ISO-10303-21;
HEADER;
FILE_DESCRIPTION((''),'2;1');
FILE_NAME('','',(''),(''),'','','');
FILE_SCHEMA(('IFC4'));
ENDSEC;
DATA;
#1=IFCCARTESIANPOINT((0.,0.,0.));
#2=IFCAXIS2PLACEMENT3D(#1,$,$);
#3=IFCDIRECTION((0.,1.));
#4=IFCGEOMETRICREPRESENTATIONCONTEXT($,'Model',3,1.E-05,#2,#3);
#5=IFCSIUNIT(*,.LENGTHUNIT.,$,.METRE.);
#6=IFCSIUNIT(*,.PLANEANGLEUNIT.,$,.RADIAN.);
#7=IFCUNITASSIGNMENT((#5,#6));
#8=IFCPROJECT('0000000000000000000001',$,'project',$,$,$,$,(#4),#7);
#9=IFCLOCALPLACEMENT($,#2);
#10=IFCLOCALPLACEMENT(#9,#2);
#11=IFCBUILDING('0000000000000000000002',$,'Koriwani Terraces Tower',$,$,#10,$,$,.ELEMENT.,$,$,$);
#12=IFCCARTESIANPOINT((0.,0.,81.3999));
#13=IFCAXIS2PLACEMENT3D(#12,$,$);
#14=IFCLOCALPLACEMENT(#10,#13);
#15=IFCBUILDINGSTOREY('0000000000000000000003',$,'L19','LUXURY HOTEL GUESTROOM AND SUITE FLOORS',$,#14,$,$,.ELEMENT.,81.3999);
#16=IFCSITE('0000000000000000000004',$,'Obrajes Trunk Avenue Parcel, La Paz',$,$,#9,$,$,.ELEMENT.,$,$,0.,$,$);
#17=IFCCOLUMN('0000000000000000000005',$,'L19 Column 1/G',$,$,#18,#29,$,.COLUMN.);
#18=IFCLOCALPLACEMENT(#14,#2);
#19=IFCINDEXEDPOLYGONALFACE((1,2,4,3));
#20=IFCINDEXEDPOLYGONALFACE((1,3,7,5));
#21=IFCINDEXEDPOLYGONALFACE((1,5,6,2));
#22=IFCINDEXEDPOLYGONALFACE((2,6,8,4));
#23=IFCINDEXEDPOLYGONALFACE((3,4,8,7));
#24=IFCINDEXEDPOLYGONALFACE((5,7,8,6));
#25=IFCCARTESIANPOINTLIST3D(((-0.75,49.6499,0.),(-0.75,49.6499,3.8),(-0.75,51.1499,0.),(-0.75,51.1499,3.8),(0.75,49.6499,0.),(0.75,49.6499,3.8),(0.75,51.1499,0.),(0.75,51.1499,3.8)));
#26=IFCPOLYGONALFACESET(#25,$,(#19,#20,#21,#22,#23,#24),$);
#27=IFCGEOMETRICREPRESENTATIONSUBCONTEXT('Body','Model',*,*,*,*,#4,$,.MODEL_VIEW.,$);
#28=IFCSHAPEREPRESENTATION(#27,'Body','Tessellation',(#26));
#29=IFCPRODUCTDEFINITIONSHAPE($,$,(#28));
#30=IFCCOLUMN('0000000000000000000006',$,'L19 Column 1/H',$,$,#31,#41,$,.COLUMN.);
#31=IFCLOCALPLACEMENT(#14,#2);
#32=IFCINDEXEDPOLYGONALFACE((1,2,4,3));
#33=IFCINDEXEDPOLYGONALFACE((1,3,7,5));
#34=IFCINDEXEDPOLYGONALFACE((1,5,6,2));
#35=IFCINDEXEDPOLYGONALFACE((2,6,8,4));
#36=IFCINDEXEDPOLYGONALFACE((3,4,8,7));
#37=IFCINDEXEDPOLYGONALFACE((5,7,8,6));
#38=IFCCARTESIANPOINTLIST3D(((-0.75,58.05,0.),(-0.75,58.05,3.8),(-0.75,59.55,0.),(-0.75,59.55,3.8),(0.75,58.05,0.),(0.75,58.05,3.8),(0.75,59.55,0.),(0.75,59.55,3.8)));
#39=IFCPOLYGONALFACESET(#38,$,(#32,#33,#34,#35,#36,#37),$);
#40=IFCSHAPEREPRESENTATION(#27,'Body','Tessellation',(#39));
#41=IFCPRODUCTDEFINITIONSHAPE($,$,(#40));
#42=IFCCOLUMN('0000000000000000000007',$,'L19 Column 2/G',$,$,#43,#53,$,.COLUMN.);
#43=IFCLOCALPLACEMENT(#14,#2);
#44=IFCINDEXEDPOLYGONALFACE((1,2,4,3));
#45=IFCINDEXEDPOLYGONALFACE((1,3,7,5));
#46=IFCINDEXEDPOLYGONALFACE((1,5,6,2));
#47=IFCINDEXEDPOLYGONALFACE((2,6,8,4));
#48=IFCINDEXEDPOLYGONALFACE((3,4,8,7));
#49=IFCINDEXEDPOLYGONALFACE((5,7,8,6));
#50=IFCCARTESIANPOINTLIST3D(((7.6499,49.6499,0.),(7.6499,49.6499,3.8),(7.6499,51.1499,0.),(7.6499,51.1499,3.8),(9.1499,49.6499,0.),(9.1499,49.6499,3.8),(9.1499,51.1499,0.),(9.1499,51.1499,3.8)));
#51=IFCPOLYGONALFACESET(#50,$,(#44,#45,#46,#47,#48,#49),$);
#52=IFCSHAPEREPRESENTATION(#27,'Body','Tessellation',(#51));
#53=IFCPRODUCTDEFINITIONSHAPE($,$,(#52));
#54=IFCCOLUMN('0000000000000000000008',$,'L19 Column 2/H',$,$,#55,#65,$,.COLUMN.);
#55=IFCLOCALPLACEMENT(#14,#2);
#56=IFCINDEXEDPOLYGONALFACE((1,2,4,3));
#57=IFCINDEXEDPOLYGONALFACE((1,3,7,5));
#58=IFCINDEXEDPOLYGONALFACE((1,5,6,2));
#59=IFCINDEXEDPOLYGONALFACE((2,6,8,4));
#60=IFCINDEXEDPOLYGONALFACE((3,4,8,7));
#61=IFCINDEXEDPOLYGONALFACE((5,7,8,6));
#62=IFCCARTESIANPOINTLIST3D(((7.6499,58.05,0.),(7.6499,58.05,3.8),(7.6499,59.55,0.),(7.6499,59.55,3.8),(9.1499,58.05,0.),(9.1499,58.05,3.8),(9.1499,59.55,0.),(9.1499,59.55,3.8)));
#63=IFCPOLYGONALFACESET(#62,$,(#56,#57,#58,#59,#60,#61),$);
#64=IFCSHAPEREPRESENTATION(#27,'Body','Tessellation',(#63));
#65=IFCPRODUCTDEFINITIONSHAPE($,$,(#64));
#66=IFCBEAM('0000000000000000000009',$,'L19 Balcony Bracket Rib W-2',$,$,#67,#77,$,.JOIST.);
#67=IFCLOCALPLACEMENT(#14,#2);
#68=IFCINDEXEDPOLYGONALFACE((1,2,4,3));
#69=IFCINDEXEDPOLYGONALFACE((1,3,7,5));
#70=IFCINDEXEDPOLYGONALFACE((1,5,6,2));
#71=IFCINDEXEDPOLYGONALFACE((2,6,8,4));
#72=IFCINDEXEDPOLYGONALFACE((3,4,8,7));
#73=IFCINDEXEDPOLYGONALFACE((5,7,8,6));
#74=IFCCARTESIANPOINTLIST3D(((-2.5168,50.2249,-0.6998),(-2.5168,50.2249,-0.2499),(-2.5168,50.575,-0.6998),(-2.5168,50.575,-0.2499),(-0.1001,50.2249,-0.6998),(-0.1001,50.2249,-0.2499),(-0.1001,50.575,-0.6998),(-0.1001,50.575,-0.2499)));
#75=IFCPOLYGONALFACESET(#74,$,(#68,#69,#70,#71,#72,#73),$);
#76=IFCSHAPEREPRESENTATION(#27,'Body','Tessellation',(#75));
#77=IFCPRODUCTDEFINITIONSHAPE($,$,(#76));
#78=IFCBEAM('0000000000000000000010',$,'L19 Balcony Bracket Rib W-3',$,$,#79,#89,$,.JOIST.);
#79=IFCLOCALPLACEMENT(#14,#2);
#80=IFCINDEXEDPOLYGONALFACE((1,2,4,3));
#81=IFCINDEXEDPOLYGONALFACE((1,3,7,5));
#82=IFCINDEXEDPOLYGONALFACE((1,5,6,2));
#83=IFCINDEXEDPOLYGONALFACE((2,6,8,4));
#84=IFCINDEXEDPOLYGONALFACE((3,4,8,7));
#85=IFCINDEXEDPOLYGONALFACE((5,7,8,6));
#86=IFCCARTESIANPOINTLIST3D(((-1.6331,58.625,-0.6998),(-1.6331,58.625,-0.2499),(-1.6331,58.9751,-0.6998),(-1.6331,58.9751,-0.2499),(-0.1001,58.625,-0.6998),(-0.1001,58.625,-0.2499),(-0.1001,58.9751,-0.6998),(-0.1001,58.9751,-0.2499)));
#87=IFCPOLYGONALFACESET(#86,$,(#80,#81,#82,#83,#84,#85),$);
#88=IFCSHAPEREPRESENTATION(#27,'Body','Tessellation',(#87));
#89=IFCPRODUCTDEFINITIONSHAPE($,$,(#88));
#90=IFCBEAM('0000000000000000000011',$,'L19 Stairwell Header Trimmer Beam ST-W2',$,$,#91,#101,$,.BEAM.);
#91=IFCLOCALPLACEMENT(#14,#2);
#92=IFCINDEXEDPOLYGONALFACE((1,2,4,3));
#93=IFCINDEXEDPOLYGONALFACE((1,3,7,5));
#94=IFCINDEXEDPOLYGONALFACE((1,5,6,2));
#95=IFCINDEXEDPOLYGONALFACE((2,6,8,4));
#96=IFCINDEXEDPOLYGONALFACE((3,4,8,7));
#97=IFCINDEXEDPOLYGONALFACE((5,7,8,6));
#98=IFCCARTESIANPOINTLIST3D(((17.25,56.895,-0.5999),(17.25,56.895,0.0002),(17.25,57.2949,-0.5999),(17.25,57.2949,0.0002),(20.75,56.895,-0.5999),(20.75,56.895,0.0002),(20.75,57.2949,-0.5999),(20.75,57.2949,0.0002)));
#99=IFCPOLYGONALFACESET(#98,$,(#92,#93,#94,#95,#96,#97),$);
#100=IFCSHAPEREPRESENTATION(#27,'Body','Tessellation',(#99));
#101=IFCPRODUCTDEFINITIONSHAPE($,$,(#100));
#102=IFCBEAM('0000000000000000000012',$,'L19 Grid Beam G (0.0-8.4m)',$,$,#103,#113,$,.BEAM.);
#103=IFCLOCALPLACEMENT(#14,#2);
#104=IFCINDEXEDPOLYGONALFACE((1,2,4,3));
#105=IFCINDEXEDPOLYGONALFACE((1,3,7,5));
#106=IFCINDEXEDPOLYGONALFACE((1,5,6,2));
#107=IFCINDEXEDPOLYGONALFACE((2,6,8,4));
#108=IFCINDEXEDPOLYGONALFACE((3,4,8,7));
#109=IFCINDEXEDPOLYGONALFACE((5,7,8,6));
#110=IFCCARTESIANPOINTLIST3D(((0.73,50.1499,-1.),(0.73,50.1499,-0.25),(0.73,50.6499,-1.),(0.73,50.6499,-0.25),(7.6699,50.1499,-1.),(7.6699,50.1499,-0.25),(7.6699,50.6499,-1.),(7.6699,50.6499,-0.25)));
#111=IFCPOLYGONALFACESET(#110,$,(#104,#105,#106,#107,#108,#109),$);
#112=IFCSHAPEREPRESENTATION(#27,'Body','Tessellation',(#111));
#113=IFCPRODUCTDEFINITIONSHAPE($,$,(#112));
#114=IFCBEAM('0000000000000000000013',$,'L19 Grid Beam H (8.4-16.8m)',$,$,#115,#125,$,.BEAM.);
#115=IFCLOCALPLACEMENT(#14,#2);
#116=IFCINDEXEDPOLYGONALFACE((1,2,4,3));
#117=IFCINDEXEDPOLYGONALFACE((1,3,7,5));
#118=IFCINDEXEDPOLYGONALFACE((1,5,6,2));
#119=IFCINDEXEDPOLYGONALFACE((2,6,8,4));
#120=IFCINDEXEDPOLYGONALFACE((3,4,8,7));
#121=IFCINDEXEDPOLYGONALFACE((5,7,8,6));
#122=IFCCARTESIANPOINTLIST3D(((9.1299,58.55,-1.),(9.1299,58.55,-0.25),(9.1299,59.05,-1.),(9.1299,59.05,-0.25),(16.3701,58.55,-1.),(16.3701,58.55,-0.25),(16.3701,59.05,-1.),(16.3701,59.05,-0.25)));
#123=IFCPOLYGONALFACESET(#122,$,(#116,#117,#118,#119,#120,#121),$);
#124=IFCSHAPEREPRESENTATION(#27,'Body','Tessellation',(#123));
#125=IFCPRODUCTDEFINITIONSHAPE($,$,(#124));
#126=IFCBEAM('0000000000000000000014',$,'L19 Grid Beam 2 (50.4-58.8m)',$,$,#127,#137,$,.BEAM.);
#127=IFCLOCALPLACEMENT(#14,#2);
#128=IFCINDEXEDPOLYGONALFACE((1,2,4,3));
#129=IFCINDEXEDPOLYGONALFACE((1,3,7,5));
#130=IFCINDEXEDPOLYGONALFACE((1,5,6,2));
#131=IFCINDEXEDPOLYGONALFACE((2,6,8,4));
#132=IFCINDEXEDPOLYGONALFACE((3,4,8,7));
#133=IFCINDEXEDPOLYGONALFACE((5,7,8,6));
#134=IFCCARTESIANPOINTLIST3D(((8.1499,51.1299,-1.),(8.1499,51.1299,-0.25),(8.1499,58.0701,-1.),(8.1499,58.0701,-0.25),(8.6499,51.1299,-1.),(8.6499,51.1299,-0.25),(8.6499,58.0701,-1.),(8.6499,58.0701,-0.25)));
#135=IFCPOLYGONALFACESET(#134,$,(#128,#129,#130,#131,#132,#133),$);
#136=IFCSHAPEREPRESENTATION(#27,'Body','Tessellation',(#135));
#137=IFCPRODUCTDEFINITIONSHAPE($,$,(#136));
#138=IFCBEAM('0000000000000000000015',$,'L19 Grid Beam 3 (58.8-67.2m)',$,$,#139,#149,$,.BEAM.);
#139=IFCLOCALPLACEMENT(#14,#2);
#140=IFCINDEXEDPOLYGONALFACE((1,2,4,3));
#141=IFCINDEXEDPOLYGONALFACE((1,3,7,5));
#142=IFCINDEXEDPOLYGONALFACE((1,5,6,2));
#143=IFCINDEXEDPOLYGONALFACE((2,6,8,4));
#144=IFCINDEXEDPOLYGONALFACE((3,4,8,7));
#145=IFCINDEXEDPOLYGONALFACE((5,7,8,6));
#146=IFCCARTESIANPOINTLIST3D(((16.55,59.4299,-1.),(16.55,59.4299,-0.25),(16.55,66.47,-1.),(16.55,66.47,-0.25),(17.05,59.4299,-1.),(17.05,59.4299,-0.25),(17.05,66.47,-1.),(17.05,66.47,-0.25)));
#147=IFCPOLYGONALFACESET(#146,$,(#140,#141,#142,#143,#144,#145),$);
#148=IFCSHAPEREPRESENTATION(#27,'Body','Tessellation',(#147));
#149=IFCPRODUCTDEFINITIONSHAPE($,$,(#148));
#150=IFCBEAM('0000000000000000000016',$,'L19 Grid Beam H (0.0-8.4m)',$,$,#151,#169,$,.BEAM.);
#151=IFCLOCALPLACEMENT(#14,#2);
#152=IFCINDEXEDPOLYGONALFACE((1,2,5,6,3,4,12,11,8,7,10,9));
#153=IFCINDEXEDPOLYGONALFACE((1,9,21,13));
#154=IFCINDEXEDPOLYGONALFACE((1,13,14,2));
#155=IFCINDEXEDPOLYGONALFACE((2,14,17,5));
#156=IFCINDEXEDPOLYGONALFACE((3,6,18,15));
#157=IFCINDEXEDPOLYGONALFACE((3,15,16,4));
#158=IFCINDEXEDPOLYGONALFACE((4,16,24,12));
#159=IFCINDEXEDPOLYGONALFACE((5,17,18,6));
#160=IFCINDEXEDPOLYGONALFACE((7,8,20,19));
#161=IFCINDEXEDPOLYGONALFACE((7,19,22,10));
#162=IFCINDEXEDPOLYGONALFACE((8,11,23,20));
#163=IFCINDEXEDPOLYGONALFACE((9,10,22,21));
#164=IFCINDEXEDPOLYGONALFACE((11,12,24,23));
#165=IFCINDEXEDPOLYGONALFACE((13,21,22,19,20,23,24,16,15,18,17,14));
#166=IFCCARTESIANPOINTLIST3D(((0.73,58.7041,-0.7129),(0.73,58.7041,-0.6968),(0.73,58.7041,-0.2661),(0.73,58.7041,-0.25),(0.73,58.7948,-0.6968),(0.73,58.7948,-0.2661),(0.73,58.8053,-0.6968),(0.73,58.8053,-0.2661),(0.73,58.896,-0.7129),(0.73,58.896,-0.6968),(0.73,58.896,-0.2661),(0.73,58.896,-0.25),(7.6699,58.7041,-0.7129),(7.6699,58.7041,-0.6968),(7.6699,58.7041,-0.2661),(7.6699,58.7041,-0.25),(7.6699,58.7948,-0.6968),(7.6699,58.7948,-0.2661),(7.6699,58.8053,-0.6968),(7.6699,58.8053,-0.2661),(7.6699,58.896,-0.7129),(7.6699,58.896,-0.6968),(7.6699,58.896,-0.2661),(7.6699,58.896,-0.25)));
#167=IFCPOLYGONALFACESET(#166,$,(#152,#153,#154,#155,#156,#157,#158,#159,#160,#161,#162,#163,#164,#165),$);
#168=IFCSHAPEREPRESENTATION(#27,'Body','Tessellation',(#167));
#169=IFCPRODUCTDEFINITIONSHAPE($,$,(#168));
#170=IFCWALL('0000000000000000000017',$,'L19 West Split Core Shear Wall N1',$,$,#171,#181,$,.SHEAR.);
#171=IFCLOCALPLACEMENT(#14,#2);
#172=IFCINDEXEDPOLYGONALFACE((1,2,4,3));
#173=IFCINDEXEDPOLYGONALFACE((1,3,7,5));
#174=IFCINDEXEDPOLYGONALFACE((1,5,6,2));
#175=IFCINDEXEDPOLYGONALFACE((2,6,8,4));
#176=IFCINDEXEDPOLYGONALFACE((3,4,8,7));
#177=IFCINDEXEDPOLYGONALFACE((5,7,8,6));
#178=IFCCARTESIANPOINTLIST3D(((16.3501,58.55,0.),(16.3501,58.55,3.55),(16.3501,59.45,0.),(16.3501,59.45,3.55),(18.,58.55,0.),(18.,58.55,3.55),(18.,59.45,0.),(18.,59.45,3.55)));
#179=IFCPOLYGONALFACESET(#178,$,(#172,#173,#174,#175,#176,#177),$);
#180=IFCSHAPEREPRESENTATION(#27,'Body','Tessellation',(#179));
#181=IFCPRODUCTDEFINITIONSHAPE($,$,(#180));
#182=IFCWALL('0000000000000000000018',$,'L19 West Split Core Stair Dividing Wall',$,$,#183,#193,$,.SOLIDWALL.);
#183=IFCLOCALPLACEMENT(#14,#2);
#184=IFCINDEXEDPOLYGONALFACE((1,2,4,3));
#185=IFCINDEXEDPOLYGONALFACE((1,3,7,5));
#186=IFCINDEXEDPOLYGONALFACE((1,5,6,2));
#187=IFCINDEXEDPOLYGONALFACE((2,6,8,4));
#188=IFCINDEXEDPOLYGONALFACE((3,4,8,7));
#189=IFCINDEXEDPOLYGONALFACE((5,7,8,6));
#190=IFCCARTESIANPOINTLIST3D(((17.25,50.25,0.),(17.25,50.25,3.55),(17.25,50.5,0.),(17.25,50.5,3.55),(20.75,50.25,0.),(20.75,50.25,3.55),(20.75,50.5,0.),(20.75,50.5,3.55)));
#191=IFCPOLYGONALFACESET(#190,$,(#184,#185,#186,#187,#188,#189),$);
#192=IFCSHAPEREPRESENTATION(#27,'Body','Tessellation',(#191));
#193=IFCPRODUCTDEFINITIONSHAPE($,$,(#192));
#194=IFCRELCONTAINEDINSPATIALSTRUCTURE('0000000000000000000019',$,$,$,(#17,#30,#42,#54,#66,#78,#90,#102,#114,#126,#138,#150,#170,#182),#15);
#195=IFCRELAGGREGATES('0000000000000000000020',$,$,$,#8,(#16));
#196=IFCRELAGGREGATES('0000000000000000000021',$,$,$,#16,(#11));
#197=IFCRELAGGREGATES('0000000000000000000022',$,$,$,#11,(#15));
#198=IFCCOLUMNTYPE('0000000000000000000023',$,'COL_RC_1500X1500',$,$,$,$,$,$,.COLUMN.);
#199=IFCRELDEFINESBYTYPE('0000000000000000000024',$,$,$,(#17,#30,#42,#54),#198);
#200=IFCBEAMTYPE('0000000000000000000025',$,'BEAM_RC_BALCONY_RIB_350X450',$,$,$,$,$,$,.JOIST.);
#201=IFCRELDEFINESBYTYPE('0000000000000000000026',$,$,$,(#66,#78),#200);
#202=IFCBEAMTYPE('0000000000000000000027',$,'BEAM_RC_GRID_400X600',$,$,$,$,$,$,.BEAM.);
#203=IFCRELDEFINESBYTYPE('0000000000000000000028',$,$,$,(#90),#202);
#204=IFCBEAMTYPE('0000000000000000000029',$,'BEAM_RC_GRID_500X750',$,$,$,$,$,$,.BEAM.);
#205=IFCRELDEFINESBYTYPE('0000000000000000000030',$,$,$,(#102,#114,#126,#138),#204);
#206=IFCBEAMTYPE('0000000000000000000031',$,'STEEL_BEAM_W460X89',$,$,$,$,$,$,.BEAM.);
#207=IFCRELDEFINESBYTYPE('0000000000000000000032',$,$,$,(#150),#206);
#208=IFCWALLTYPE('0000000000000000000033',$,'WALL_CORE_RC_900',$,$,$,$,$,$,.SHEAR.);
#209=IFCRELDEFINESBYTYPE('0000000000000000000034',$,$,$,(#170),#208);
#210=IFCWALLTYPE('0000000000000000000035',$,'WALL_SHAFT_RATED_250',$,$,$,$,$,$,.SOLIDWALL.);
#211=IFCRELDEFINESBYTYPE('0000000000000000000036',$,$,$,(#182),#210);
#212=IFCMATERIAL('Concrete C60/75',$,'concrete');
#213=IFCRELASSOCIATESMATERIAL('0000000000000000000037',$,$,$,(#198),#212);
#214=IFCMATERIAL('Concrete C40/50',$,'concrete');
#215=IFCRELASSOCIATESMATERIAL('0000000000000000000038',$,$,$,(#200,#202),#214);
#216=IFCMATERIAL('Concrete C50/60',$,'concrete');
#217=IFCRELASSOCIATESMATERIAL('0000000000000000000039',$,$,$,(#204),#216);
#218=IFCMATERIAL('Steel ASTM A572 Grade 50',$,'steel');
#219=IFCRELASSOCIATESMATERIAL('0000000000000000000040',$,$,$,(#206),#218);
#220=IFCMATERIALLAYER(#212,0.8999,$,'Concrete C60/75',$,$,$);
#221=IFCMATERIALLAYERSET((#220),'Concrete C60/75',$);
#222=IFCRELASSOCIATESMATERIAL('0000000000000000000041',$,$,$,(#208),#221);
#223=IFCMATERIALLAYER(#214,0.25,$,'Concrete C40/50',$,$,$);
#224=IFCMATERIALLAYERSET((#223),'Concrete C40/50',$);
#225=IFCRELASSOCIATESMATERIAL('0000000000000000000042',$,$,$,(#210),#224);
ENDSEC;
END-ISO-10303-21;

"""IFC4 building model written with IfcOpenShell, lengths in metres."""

from ifc_helpers import new_model, si_unit, direction, frame, frame_2d, origin, origin_2d, place, context, subcontext, project, spatial, rectangle, i_section, extrude, material, layer, layer_set, material_profile, profile_set, type_object, element, save


model = new_model("IFC4")

# Units and contexts
model_context = context("Model", 3, precision=1e-05, world=origin(), true_north=direction((0.0, 1.0)))
body_context = subcontext(model_context, "Body", "Model", "MODEL_VIEW")
ifc_project = project(units=[si_unit("LENGTHUNIT", "METRE"), si_unit("PLANEANGLEUNIT", "RADIAN")], contexts=[model_context])

# Site, building, storey
site_placement = place(None, origin())
site = spatial("IfcSite", under=ifc_project, at=site_placement, Name="Obrajes Trunk Avenue Parcel, La Paz", CompositionType="ELEMENT", RefElevation=0.0)
building_placement = place(site_placement, origin())
building = spatial("IfcBuilding", under=site, at=building_placement, Name="Koriwani Terraces Tower", CompositionType="ELEMENT")
storey_placement = place(building_placement, frame((0.0, 0.0, 81.3999)))
storey = spatial("IfcBuildingStorey", under=building, at=storey_placement, Name="L19", Description="LUXURY HOTEL GUESTROOM AND SUITE FLOORS", CompositionType="ELEMENT", Elevation=81.3999)

# Columns
ifc_material_1 = material(Name="Concrete C60/75", Category="concrete")
ifc_material_profile_1 = material_profile(ifc_material_1, rectangle(XDim=1.5, YDim=1.5, at=origin_2d()), Name="Concrete C60/75", Category="LoadBearing")
ifc_profile_set_1 = profile_set([ifc_material_profile_1], Name="Concrete C60/75")
column_type = type_object("IfcColumnType", Name="COL_RC_1500X1500", PredefinedType="COLUMN", material=ifc_profile_set_1)
for number, where, z_axis, x_axis, name in (
    (1, (0.0, 50.3999, 0.0), (0.0, 0.0, 1.0), (1.0, 0.0, 0.0), "L19 Column 1/G"),
    (2, (0.0, 58.8, 0.0), (0.0, 0.0, 1.0), (1.0, 0.0, 0.0), "L19 Column 1/H"),
    (3, (8.3999, 50.3999, 0.0), (0.0, 0.0, 1.0), (1.0, 0.0, 0.0), "L19 Column 2/G"),
    (4, (8.3999, 58.8, 0.0), (0.0, 0.0, 1.0), (1.0, 0.0, 0.0), "L19 Column 2/H"),
):
    element("IfcColumn", number, at=place(storey_placement, frame(where, z_axis=z_axis, x_axis=x_axis)), inside=storey, type_object=column_type, Name=name, PredefinedType="COLUMN", context=body_context, shape_type="SweptSolid", body=[
        extrude(rectangle(XDim=1.5, YDim=1.5, at=origin_2d()), origin(), (0.0, 0.0, 1.0), 3.8),
    ])

# Beams
ifc_material_2 = material(Name="Concrete C40/50", Category="concrete")
ifc_material_profile_2 = material_profile(ifc_material_2, rectangle(XDim=0.3501, YDim=0.45, at=origin_2d()), Name="Concrete C40/50", Category="LoadBearing")
ifc_profile_set_2 = profile_set([ifc_material_profile_2], Name="Concrete C40/50")
beam_type_1 = type_object("IfcBeamType", Name="BEAM_RC_BALCONY_RIB_350X450", PredefinedType="JOIST", material=ifc_profile_set_2)
beam_1_placement = place(storey_placement, frame((-2.5168, 50.3999, -0.4749), z_axis=(1.0, 0.0, 0.0), x_axis=(0.0, 1.0, 0.0)))
element("IfcBeam", 5, at=beam_1_placement, inside=storey, type_object=beam_type_1, Name="L19 Balcony Bracket Rib W-2", PredefinedType="JOIST", context=body_context, shape_type="SweptSolid", body=[
    extrude(rectangle(XDim=0.3501, YDim=0.45, at=origin_2d()), origin(), (0.0, 0.0, 1.0), 2.4167),
])
beam_2_placement = place(storey_placement, frame((-1.6331, 58.8, -0.4749), z_axis=(1.0, 0.0, 0.0), x_axis=(0.0, 1.0, 0.0)))
element("IfcBeam", 6, at=beam_2_placement, inside=storey, type_object=beam_type_1, Name="L19 Balcony Bracket Rib W-3", PredefinedType="JOIST", context=body_context, shape_type="SweptSolid", body=[
    extrude(rectangle(XDim=0.3501, YDim=0.45, at=origin_2d()), origin(), (0.0, 0.0, 1.0), 1.533),
])
ifc_material_profile_3 = material_profile(ifc_material_2, rectangle(XDim=0.3999, YDim=0.6001, at=origin_2d()), Name="Concrete C40/50", Category="LoadBearing")
ifc_profile_set_3 = profile_set([ifc_material_profile_3], Name="Concrete C40/50")
beam_type_2 = type_object("IfcBeamType", Name="BEAM_RC_GRID_400X600", PredefinedType="BEAM", material=ifc_profile_set_3)
beam_3_placement = place(storey_placement, frame((17.25, 57.095, -0.2998), z_axis=(1.0, 0.0, 0.0), x_axis=(0.0, 1.0, 0.0)))
element("IfcBeam", 7, at=beam_3_placement, inside=storey, type_object=beam_type_2, Name="L19 Stairwell Header Trimmer Beam ST-W2", PredefinedType="BEAM", context=body_context, shape_type="SweptSolid", body=[
    extrude(rectangle(XDim=0.3999, YDim=0.6001, at=origin_2d()), origin(), (0.0, 0.0, 1.0), 3.5),
])
ifc_material_3 = material(Name="Concrete C50/60", Category="concrete")
ifc_material_profile_4 = material_profile(ifc_material_3, rectangle(XDim=0.5, YDim=0.75, at=origin_2d()), Name="Concrete C50/60", Category="LoadBearing")
ifc_profile_set_4 = profile_set([ifc_material_profile_4], Name="Concrete C50/60")
beam_type_3 = type_object("IfcBeamType", Name="BEAM_RC_GRID_500X750", PredefinedType="BEAM", material=ifc_profile_set_4)
beam_4_placement = place(storey_placement, frame((0.73, 50.3999, -0.625), z_axis=(1.0, 0.0, 0.0), x_axis=(0.0, 1.0, 0.0)))
element("IfcBeam", 8, at=beam_4_placement, inside=storey, type_object=beam_type_3, Name="L19 Grid Beam G (0.0-8.4m)", PredefinedType="BEAM", context=body_context, shape_type="SweptSolid", body=[
    extrude(rectangle(XDim=0.5, YDim=0.75, at=origin_2d()), origin(), (0.0, 0.0, 1.0), 6.9399),
])
beam_5_placement = place(storey_placement, frame((9.1299, 58.8, -0.625), z_axis=(1.0, 0.0, 0.0), x_axis=(0.0, 1.0, 0.0)))
element("IfcBeam", 9, at=beam_5_placement, inside=storey, type_object=beam_type_3, Name="L19 Grid Beam H (8.4-16.8m)", PredefinedType="BEAM", context=body_context, shape_type="SweptSolid", body=[
    extrude(rectangle(XDim=0.5, YDim=0.75, at=origin_2d()), origin(), (0.0, 0.0, 1.0), 7.2402),
])
beam_6_placement = place(storey_placement, frame((8.3999, 51.1299, -0.625), z_axis=(0.0, 1.0, 0.0), x_axis=(-1.0, 0.0, 0.0)))
element("IfcBeam", 10, at=beam_6_placement, inside=storey, type_object=beam_type_3, Name="L19 Grid Beam 2 (50.4-58.8m)", PredefinedType="BEAM", context=body_context, shape_type="SweptSolid", body=[
    extrude(rectangle(XDim=0.5, YDim=0.75, at=origin_2d()), origin(), (0.0, 0.0, 1.0), 6.9402),
])
beam_7_placement = place(storey_placement, frame((16.8, 59.4299, -0.625), z_axis=(0.0, 1.0, 0.0), x_axis=(-1.0, 0.0, 0.0)))
element("IfcBeam", 11, at=beam_7_placement, inside=storey, type_object=beam_type_3, Name="L19 Grid Beam 3 (58.8-67.2m)", PredefinedType="BEAM", context=body_context, shape_type="SweptSolid", body=[
    extrude(rectangle(XDim=0.5, YDim=0.75, at=origin_2d()), origin(), (0.0, 0.0, 1.0), 7.04),
])
ifc_material_4 = material(Name="Steel ASTM A572 Grade 50", Category="steel")
ifc_material_profile_5 = material_profile(ifc_material_4, i_section(OverallWidth=0.1919, OverallDepth=0.4629, WebThickness=0.0105, FlangeThickness=0.0161, at=origin_2d()), Name="Steel ASTM A572 Grade 50", Category="LoadBearing")
ifc_profile_set_5 = profile_set([ifc_material_profile_5], Name="Steel ASTM A572 Grade 50")
beam_type_4 = type_object("IfcBeamType", Name="STEEL_BEAM_W460X89", PredefinedType="BEAM", material=ifc_profile_set_5)
beam_8_placement = place(storey_placement, frame((0.73, 58.8, -0.4814), z_axis=(1.0, 0.0, 0.0), x_axis=(0.0, 1.0, 0.0)))
element("IfcBeam", 12, at=beam_8_placement, inside=storey, type_object=beam_type_4, Name="L19 Grid Beam H (0.0-8.4m)", PredefinedType="BEAM", context=body_context, shape_type="SweptSolid", body=[
    extrude(i_section(OverallWidth=0.1919, OverallDepth=0.4629, WebThickness=0.0105, FlangeThickness=0.0161, at=origin_2d()), origin(), (0.0, 0.0, 1.0), 6.9399),
])

# Walls
ifc_layer_1 = layer(ifc_material_1, 0.8999, Name="Concrete C60/75")
ifc_layer_set_1 = layer_set([ifc_layer_1], Name="Concrete C60/75")
wall_type_1 = type_object("IfcWallType", Name="WALL_CORE_RC_900", PredefinedType="SHEAR", material=ifc_layer_set_1)
wall_1_placement = place(storey_placement, frame((16.3501, 59.0, 0.0), z_axis=(0.0, 0.0, 1.0), x_axis=(1.0, 0.0, 0.0)))
element("IfcWall", 13, at=wall_1_placement, inside=storey, type_object=wall_type_1, Name="L19 West Split Core Shear Wall N1", PredefinedType="SHEAR", context=body_context, shape_type="SweptSolid", body=[
    extrude(rectangle(XDim=1.6499, YDim=0.8999, at=frame_2d((0.825, 0.0))), origin(), (0.0, 0.0, 1.0), 3.55),
])
ifc_layer_2 = layer(ifc_material_2, 0.25, Name="Concrete C40/50")
ifc_layer_set_2 = layer_set([ifc_layer_2], Name="Concrete C40/50")
wall_type_2 = type_object("IfcWallType", Name="WALL_SHAFT_RATED_250", PredefinedType="SOLIDWALL", material=ifc_layer_set_2)
wall_2_placement = place(storey_placement, frame((17.25, 50.375, 0.0), z_axis=(0.0, 0.0, 1.0), x_axis=(1.0, 0.0, 0.0)))
element("IfcWall", 14, at=wall_2_placement, inside=storey, type_object=wall_type_2, Name="L19 West Split Core Stair Dividing Wall", PredefinedType="SOLIDWALL", context=body_context, shape_type="SweptSolid", body=[
    extrude(rectangle(XDim=3.5, YDim=0.25, at=frame_2d((1.75, 0.0))), origin(), (0.0, 0.0, 1.0), 3.55),
])

save(model, "model.ifc")
